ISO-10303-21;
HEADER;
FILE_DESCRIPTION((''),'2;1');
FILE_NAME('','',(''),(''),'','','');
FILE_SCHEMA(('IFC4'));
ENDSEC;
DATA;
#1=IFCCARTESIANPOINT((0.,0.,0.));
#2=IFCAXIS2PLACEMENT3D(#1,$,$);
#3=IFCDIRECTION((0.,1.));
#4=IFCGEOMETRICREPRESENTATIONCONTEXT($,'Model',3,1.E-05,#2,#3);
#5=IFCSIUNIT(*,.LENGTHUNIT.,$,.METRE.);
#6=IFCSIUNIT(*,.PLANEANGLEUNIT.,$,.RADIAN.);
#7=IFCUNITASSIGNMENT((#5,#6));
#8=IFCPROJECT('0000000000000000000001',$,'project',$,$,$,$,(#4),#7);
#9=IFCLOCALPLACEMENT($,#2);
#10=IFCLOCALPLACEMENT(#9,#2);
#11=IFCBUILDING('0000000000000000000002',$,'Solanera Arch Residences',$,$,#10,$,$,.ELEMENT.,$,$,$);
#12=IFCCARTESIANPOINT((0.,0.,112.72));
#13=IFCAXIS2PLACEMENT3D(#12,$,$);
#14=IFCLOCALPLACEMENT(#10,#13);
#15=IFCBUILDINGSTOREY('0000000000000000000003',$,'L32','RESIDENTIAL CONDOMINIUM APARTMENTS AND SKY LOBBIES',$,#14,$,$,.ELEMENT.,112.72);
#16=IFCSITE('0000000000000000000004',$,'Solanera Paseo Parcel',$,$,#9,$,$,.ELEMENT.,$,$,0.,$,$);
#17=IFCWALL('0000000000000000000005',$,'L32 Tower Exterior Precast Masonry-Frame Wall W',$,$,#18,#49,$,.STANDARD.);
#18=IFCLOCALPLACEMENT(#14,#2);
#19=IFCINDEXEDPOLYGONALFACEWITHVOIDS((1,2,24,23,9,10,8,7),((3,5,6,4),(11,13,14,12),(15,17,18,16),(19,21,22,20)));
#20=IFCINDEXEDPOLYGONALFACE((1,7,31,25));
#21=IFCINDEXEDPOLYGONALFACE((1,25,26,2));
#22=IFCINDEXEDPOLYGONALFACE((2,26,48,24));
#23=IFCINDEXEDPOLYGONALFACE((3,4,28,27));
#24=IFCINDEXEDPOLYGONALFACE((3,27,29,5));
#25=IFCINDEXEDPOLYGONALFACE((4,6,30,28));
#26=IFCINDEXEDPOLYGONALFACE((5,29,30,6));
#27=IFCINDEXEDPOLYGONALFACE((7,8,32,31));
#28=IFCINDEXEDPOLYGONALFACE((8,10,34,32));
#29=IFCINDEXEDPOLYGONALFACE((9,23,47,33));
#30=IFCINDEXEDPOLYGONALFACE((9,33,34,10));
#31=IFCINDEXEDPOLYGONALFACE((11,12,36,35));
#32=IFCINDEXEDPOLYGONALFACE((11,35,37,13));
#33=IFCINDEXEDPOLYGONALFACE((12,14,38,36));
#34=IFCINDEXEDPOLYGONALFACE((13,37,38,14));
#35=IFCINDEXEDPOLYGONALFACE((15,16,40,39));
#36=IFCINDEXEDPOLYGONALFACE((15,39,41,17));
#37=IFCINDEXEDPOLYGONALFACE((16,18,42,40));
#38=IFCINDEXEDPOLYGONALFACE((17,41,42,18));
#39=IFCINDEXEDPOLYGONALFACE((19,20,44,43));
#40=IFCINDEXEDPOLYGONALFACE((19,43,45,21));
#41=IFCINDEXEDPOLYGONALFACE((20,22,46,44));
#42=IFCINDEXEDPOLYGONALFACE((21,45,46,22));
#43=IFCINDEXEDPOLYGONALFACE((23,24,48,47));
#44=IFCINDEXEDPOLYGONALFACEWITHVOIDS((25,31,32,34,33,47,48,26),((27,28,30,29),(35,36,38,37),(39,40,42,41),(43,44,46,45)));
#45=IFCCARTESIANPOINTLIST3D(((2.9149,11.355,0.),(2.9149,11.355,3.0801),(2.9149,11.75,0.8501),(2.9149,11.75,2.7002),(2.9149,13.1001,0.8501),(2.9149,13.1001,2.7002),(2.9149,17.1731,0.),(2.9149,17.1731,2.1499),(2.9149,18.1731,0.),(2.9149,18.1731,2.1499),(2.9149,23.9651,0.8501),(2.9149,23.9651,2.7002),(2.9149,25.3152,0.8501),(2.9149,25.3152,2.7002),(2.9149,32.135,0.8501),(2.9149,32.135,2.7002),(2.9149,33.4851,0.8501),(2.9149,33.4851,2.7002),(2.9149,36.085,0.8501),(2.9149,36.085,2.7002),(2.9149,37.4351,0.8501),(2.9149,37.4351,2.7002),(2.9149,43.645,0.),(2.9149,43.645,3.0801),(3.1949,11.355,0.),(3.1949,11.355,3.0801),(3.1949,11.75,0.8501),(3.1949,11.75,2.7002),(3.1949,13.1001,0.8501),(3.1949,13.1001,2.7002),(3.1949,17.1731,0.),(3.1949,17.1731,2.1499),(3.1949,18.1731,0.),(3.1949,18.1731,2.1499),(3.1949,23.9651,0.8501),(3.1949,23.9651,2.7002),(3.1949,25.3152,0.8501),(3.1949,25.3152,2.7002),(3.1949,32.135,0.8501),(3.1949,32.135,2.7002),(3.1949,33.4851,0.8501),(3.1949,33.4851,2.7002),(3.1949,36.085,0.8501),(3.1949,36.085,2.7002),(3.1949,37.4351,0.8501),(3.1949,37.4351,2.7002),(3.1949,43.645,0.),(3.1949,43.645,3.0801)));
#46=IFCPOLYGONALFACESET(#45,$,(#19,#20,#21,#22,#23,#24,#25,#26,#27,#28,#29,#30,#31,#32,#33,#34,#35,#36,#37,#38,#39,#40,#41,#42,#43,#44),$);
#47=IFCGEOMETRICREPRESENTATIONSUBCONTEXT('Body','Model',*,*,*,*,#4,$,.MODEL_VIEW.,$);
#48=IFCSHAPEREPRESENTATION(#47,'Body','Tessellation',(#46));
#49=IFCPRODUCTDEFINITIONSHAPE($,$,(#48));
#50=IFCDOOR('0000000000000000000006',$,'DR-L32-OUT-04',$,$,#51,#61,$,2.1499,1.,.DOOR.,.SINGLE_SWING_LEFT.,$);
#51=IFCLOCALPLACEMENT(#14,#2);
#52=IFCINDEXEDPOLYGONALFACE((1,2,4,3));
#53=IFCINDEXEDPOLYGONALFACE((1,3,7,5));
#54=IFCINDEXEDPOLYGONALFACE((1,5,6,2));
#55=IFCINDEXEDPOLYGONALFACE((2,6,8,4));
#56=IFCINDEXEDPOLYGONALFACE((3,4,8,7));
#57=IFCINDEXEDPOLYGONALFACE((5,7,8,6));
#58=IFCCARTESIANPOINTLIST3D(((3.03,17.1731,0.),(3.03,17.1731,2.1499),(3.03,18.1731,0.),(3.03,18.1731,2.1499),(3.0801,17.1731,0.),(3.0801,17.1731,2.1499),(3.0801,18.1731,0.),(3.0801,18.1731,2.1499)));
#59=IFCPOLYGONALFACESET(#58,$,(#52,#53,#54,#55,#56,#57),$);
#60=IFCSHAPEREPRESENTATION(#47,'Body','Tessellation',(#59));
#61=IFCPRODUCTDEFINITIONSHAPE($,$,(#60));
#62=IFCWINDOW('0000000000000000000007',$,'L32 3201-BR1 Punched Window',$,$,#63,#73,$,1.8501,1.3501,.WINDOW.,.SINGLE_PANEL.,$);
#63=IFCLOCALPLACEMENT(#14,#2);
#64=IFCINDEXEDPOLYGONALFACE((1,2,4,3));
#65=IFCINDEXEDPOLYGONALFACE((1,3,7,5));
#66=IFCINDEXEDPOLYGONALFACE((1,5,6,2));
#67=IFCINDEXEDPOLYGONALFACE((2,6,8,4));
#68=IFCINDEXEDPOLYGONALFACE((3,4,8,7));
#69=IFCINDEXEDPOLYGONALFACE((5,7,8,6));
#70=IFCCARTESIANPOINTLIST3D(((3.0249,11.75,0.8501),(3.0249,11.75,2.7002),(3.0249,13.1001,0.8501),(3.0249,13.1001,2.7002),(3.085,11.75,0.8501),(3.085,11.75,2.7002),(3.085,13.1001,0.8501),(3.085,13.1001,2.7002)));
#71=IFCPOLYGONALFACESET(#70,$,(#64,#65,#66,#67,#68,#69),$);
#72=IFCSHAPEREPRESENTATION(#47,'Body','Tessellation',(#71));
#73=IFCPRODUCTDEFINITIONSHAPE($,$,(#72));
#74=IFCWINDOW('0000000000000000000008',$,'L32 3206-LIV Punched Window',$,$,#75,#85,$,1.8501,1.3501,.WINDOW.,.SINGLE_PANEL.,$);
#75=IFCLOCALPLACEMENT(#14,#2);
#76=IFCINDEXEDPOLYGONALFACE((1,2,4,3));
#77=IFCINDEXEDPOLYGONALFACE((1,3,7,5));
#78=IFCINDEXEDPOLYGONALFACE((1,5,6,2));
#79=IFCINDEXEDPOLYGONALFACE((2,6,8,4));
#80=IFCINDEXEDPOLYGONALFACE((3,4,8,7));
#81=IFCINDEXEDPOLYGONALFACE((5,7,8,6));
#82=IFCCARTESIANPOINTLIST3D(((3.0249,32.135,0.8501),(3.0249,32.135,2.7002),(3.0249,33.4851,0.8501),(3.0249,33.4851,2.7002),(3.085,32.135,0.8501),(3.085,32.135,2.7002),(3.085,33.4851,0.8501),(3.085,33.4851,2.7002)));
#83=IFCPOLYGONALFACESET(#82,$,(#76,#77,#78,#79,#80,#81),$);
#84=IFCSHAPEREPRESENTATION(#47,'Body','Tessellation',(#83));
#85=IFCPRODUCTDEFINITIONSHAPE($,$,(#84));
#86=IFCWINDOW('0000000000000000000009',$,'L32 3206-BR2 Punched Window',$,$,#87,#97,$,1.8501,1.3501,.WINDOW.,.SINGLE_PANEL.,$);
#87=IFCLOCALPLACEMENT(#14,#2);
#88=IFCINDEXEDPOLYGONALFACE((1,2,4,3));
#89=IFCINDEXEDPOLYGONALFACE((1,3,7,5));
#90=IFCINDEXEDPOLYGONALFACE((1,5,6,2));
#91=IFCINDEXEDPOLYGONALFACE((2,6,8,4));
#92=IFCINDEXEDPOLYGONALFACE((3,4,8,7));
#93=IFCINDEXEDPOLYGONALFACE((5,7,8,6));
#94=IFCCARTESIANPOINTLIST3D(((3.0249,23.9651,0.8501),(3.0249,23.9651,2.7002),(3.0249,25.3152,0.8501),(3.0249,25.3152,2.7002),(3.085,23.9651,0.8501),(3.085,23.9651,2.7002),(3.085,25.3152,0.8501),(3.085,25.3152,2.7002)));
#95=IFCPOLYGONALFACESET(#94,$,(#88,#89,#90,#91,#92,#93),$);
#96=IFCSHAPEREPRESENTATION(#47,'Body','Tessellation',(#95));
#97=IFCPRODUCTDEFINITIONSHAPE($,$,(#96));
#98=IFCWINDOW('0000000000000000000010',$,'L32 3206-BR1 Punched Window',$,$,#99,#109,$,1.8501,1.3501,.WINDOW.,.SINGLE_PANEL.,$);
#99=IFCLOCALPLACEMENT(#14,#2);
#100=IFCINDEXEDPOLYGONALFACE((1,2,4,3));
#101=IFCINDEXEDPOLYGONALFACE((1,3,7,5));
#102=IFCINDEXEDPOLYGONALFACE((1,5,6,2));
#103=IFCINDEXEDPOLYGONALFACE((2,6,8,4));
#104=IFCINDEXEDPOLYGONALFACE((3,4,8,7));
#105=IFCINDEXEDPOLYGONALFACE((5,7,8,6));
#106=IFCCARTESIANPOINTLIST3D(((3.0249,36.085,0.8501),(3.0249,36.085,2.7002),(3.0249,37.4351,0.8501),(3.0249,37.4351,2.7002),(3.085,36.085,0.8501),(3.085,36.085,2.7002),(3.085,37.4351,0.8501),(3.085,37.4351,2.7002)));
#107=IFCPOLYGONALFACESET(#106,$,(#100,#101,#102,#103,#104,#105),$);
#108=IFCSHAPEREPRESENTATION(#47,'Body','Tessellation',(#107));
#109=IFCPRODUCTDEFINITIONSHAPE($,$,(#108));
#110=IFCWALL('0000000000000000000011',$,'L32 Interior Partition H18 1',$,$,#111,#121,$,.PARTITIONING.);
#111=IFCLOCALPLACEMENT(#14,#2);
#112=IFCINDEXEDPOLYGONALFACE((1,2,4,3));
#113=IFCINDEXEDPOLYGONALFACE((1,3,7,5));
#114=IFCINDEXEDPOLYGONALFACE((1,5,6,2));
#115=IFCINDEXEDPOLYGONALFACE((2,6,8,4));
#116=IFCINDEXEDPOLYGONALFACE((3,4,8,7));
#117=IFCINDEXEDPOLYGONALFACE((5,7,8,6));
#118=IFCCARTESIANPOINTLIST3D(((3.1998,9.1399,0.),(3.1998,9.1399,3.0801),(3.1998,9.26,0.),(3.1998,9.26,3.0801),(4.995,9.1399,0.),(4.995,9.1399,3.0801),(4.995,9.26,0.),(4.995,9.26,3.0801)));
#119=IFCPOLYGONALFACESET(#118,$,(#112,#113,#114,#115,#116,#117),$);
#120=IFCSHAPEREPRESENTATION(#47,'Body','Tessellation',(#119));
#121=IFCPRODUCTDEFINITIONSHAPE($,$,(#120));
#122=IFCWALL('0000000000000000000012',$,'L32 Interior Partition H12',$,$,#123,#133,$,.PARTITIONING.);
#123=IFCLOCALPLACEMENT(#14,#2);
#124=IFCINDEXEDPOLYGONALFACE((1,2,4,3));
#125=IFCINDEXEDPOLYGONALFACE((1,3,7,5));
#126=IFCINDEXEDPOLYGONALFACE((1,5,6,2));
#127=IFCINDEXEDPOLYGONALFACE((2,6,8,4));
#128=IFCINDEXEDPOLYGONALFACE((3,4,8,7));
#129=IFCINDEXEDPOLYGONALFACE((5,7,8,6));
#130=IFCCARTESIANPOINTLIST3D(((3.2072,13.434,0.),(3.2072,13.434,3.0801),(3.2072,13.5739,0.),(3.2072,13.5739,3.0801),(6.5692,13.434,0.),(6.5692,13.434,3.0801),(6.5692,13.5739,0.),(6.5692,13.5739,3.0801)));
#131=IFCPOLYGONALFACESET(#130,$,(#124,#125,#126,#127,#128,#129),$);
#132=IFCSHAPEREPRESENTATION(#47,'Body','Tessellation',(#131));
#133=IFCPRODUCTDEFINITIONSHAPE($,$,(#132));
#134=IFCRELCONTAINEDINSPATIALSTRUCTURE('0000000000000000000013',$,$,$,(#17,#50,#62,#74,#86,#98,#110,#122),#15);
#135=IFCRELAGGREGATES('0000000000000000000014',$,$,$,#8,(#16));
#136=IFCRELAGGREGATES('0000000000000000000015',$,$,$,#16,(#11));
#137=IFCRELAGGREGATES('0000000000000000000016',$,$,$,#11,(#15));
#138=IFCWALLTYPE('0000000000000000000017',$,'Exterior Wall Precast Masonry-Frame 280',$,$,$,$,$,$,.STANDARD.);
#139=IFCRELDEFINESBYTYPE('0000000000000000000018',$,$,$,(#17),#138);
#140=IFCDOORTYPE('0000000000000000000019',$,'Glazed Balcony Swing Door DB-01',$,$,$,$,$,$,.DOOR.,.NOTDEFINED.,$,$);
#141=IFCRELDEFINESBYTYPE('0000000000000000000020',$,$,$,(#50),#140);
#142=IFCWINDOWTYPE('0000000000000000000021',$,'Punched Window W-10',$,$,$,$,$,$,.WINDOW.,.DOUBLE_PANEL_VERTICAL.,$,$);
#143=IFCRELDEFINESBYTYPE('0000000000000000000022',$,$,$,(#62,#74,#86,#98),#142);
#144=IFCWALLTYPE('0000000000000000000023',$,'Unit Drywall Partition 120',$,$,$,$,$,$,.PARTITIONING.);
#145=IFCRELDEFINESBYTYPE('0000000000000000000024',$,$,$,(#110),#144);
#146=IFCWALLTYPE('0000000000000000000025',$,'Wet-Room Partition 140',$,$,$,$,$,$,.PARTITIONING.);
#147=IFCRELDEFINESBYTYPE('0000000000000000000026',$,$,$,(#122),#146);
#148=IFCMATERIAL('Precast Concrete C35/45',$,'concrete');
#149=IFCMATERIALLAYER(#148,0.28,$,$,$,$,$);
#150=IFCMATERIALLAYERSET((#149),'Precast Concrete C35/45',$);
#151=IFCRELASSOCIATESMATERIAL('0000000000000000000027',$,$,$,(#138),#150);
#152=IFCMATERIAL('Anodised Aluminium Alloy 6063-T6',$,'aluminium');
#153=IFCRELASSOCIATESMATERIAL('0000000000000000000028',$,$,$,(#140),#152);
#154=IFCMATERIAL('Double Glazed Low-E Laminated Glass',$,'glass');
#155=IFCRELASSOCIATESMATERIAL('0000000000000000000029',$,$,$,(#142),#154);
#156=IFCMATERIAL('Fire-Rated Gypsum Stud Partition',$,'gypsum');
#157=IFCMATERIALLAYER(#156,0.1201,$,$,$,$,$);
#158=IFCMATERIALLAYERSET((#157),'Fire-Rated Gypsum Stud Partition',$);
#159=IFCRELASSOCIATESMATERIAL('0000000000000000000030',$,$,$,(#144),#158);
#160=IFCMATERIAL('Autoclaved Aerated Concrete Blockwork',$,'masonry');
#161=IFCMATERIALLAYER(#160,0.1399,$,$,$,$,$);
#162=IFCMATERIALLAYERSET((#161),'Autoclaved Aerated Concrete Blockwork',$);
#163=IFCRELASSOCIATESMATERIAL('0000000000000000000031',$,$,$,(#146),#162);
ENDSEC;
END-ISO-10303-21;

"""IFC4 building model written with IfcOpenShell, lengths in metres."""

from ifc_helpers import new_model, si_unit, direction, frame, frame_2d, origin, place, context, subcontext, project, spatial, rectangle, extrude, material, layer, layer_set, type_object, element, fill, save


model = new_model("IFC4")

# Units and contexts
model_context = context("Model", 3, precision=1e-05, world=origin(), true_north=direction((0.0, 1.0)))
body_context = subcontext(model_context, "Body", "Model", "MODEL_VIEW")
ifc_project = project(units=[si_unit("LENGTHUNIT", "METRE"), si_unit("PLANEANGLEUNIT", "RADIAN")], contexts=[model_context])

# Site, building, storey
site_placement = place(None, origin())
site = spatial("IfcSite", under=ifc_project, at=site_placement, Name="Solanera Paseo Parcel", CompositionType="ELEMENT", RefElevation=0.0)
building_placement = place(site_placement, origin())
building = spatial("IfcBuilding", under=site, at=building_placement, Name="Solanera Arch Residences", CompositionType="ELEMENT")
storey_placement = place(building_placement, frame((0.0, 0.0, 112.72)))
storey = spatial("IfcBuildingStorey", under=building, at=storey_placement, Name="L32", Description="RESIDENTIAL CONDOMINIUM APARTMENTS AND SKY LOBBIES", CompositionType="ELEMENT", Elevation=112.72)

# Wall, openings, door, windows
ifc_material_1 = material(Name="Precast Concrete C35/45", Category="concrete")
ifc_layer_1 = layer(ifc_material_1, 0.28)
ifc_layer_set_1 = layer_set([ifc_layer_1], Name="Precast Concrete C35/45")
wall_type_1 = type_object("IfcWallType", Name="Exterior Wall Precast Masonry-Frame 280", PredefinedType="STANDARD", material=ifc_layer_set_1)
wall_1_placement = place(storey_placement, frame((3.0549, 11.355, 0.0), z_axis=(0.0, 0.0, 1.0), x_axis=(0.0, 1.0, 0.0)))
wall_1 = element("IfcWall", 1, at=wall_1_placement, inside=storey, type_object=wall_type_1, Name="L32 Tower Exterior Precast Masonry-Frame Wall W", PredefinedType="STANDARD", context=body_context, shape_type="SweptSolid", body=[
    extrude(rectangle(XDim=32.29, YDim=0.28, at=frame_2d((16.145, 0.0))), origin(), (0.0, 0.0, 1.0), 3.0801),
])
opening_1_placement = place(wall_1_placement, frame((5.8181, 0.0, 0.0)))
opening_1 = element("IfcOpeningElement", 2, at=opening_1_placement, cuts=wall_1, PredefinedType="OPENING", context=body_context, shape_type="SweptSolid", body=[
    extrude(rectangle(XDim=1.0, YDim=2.1499, at=frame_2d((0.5, 1.075))), frame((0.0, 0.1499, 0.0), z_axis=(0.0, -1.0, 0.0), x_axis=(1.0, 0.0, 0.0)), (0.0, 0.0, 1.0), 0.3),
])
opening_2_placement = place(wall_1_placement, frame((0.395, 0.0, 0.8501)))
opening_2 = element("IfcOpeningElement", 3, at=opening_2_placement, cuts=wall_1, PredefinedType="OPENING", context=body_context, shape_type="SweptSolid", body=[
    extrude(rectangle(XDim=1.3501, YDim=1.8501, at=frame_2d((0.675, 0.925))), frame((0.0, 0.1499, 0.0), z_axis=(0.0, -1.0, 0.0), x_axis=(1.0, 0.0, 0.0)), (0.0, 0.0, 1.0), 0.3),
])
opening_3_placement = place(wall_1_placement, frame((20.78, 0.0, 0.8501)))
opening_3 = element("IfcOpeningElement", 4, at=opening_3_placement, cuts=wall_1, PredefinedType="OPENING", context=body_context, shape_type="SweptSolid", body=[
    extrude(rectangle(XDim=1.3501, YDim=1.8501, at=frame_2d((0.675, 0.925))), frame((0.0, 0.1499, 0.0), z_axis=(0.0, -1.0, 0.0), x_axis=(1.0, 0.0, 0.0)), (0.0, 0.0, 1.0), 0.3),
])
opening_4_placement = place(wall_1_placement, frame((12.6101, 0.0, 0.8501)))
opening_4 = element("IfcOpeningElement", 5, at=opening_4_placement, cuts=wall_1, PredefinedType="OPENING", context=body_context, shape_type="SweptSolid", body=[
    extrude(rectangle(XDim=1.3501, YDim=1.8501, at=frame_2d((0.675, 0.925))), frame((0.0, 0.1499, 0.0), z_axis=(0.0, -1.0, 0.0), x_axis=(1.0, 0.0, 0.0)), (0.0, 0.0, 1.0), 0.3),
])
opening_5_placement = place(wall_1_placement, frame((24.73, 0.0, 0.8501)))
opening_5 = element("IfcOpeningElement", 6, at=opening_5_placement, cuts=wall_1, PredefinedType="OPENING", context=body_context, shape_type="SweptSolid", body=[
    extrude(rectangle(XDim=1.3501, YDim=1.8501, at=frame_2d((0.675, 0.925))), frame((0.0, 0.1499, 0.0), z_axis=(0.0, -1.0, 0.0), x_axis=(1.0, 0.0, 0.0)), (0.0, 0.0, 1.0), 0.3),
])
ifc_material_2 = material(Name="Anodised Aluminium Alloy 6063-T6", Category="aluminium")
door_type_1 = type_object("IfcDoorType", Name="Glazed Balcony Swing Door DB-01", OperationType="NOTDEFINED", PredefinedType="DOOR", material=ifc_material_2)
door_1_placement = place(opening_1_placement, origin())
door_1 = element("IfcDoor", 7, at=door_1_placement, inside=storey, type_object=door_type_1, Name="DR-L32-OUT-04", OperationType="SINGLE_SWING_LEFT", OverallHeight=2.1499, OverallWidth=1.0, PredefinedType="DOOR", context=body_context, shape_type="SweptSolid", body=[
    extrude(rectangle(XDim=1.0, YDim=2.1499, at=frame_2d((0.5, 1.075))), frame((0.0, 0.0249, 0.0), z_axis=(0.0, -1.0, 0.0), x_axis=(1.0, 0.0, 0.0)), (0.0, 0.0, 1.0), 0.05),
])
fill(opening_1, door_1)
ifc_material_3 = material(Name="Double Glazed Low-E Laminated Glass", Category="glass")
window_type = type_object("IfcWindowType", Name="Punched Window W-10", PartitioningType="DOUBLE_PANEL_VERTICAL", PredefinedType="WINDOW", material=ifc_material_3)
window_1_placement = place(opening_2_placement, origin())
window_1 = element("IfcWindow", 8, at=window_1_placement, inside=storey, type_object=window_type, Name="L32 3201-BR1 Punched Window", OverallHeight=1.8501, OverallWidth=1.3501, PartitioningType="SINGLE_PANEL", PredefinedType="WINDOW", context=body_context, shape_type="SweptSolid", body=[
    extrude(rectangle(XDim=1.3501, YDim=1.8501, at=frame_2d((0.675, 0.925))), frame((0.0, 0.03, 0.0), z_axis=(0.0, -1.0, 0.0), x_axis=(1.0, 0.0, 0.0)), (0.0, 0.0, 1.0), 0.0601),
])
fill(opening_2, window_1)
window_2_placement = place(opening_3_placement, origin())
window_2 = element("IfcWindow", 9, at=window_2_placement, inside=storey, type_object=window_type, Name="L32 3206-LIV Punched Window", OverallHeight=1.8501, OverallWidth=1.3501, PartitioningType="SINGLE_PANEL", PredefinedType="WINDOW", context=body_context, shape_type="SweptSolid", body=[
    extrude(rectangle(XDim=1.3501, YDim=1.8501, at=frame_2d((0.675, 0.925))), frame((0.0, 0.03, 0.0), z_axis=(0.0, -1.0, 0.0), x_axis=(1.0, 0.0, 0.0)), (0.0, 0.0, 1.0), 0.0601),
])
fill(opening_3, window_2)
window_3_placement = place(opening_4_placement, origin())
window_3 = element("IfcWindow", 10, at=window_3_placement, inside=storey, type_object=window_type, Name="L32 3206-BR2 Punched Window", OverallHeight=1.8501, OverallWidth=1.3501, PartitioningType="SINGLE_PANEL", PredefinedType="WINDOW", context=body_context, shape_type="SweptSolid", body=[
    extrude(rectangle(XDim=1.3501, YDim=1.8501, at=frame_2d((0.675, 0.925))), frame((0.0, 0.03, 0.0), z_axis=(0.0, -1.0, 0.0), x_axis=(1.0, 0.0, 0.0)), (0.0, 0.0, 1.0), 0.0601),
])
fill(opening_4, window_3)
window_4_placement = place(opening_5_placement, origin())
window_4 = element("IfcWindow", 11, at=window_4_placement, inside=storey, type_object=window_type, Name="L32 3206-BR1 Punched Window", OverallHeight=1.8501, OverallWidth=1.3501, PartitioningType="SINGLE_PANEL", PredefinedType="WINDOW", context=body_context, shape_type="SweptSolid", body=[
    extrude(rectangle(XDim=1.3501, YDim=1.8501, at=frame_2d((0.675, 0.925))), frame((0.0, 0.03, 0.0), z_axis=(0.0, -1.0, 0.0), x_axis=(1.0, 0.0, 0.0)), (0.0, 0.0, 1.0), 0.0601),
])
fill(opening_5, window_4)

# Walls
ifc_material_4 = material(Name="Fire-Rated Gypsum Stud Partition", Category="gypsum")
ifc_layer_2 = layer(ifc_material_4, 0.1201)
ifc_layer_set_2 = layer_set([ifc_layer_2], Name="Fire-Rated Gypsum Stud Partition")
wall_type_2 = type_object("IfcWallType", Name="Unit Drywall Partition 120", PredefinedType="PARTITIONING", material=ifc_layer_set_2)
wall_2_placement = place(storey_placement, frame((3.2, 9.2, 0.0), z_axis=(0.0, 0.0, 1.0), x_axis=(1.0, 0.0, 0.0)))
element("IfcWall", 12, at=wall_2_placement, inside=storey, type_object=wall_type_2, Name="L32 Interior Partition H18 1", PredefinedType="PARTITIONING", context=body_context, shape_type="SweptSolid", body=[
    extrude(rectangle(XDim=1.7952, YDim=0.1201, at=frame_2d((0.8975, 0.0))), origin(), (0.0, 0.0, 1.0), 3.0801),
])
ifc_material_5 = material(Name="Autoclaved Aerated Concrete Blockwork", Category="masonry")
ifc_layer_3 = layer(ifc_material_5, 0.1399)
ifc_layer_set_3 = layer_set([ifc_layer_3], Name="Autoclaved Aerated Concrete Blockwork")
wall_type_3 = type_object("IfcWallType", Name="Wet-Room Partition 140", PredefinedType="PARTITIONING", material=ifc_layer_set_3)
wall_3_placement = place(storey_placement, frame((3.207, 13.5039, 0.0), z_axis=(0.0, 0.0, 1.0), x_axis=(1.0, 0.0, 0.0)))
element("IfcWall", 13, at=wall_3_placement, inside=storey, type_object=wall_type_3, Name="L32 Interior Partition H12", PredefinedType="PARTITIONING", context=body_context, shape_type="SweptSolid", body=[
    extrude(rectangle(XDim=3.3621, YDim=0.1399, at=frame_2d((1.6812, 0.0))), origin(), (0.0, 0.0, 1.0), 3.0801),
])

save(model, "model.ifc")
